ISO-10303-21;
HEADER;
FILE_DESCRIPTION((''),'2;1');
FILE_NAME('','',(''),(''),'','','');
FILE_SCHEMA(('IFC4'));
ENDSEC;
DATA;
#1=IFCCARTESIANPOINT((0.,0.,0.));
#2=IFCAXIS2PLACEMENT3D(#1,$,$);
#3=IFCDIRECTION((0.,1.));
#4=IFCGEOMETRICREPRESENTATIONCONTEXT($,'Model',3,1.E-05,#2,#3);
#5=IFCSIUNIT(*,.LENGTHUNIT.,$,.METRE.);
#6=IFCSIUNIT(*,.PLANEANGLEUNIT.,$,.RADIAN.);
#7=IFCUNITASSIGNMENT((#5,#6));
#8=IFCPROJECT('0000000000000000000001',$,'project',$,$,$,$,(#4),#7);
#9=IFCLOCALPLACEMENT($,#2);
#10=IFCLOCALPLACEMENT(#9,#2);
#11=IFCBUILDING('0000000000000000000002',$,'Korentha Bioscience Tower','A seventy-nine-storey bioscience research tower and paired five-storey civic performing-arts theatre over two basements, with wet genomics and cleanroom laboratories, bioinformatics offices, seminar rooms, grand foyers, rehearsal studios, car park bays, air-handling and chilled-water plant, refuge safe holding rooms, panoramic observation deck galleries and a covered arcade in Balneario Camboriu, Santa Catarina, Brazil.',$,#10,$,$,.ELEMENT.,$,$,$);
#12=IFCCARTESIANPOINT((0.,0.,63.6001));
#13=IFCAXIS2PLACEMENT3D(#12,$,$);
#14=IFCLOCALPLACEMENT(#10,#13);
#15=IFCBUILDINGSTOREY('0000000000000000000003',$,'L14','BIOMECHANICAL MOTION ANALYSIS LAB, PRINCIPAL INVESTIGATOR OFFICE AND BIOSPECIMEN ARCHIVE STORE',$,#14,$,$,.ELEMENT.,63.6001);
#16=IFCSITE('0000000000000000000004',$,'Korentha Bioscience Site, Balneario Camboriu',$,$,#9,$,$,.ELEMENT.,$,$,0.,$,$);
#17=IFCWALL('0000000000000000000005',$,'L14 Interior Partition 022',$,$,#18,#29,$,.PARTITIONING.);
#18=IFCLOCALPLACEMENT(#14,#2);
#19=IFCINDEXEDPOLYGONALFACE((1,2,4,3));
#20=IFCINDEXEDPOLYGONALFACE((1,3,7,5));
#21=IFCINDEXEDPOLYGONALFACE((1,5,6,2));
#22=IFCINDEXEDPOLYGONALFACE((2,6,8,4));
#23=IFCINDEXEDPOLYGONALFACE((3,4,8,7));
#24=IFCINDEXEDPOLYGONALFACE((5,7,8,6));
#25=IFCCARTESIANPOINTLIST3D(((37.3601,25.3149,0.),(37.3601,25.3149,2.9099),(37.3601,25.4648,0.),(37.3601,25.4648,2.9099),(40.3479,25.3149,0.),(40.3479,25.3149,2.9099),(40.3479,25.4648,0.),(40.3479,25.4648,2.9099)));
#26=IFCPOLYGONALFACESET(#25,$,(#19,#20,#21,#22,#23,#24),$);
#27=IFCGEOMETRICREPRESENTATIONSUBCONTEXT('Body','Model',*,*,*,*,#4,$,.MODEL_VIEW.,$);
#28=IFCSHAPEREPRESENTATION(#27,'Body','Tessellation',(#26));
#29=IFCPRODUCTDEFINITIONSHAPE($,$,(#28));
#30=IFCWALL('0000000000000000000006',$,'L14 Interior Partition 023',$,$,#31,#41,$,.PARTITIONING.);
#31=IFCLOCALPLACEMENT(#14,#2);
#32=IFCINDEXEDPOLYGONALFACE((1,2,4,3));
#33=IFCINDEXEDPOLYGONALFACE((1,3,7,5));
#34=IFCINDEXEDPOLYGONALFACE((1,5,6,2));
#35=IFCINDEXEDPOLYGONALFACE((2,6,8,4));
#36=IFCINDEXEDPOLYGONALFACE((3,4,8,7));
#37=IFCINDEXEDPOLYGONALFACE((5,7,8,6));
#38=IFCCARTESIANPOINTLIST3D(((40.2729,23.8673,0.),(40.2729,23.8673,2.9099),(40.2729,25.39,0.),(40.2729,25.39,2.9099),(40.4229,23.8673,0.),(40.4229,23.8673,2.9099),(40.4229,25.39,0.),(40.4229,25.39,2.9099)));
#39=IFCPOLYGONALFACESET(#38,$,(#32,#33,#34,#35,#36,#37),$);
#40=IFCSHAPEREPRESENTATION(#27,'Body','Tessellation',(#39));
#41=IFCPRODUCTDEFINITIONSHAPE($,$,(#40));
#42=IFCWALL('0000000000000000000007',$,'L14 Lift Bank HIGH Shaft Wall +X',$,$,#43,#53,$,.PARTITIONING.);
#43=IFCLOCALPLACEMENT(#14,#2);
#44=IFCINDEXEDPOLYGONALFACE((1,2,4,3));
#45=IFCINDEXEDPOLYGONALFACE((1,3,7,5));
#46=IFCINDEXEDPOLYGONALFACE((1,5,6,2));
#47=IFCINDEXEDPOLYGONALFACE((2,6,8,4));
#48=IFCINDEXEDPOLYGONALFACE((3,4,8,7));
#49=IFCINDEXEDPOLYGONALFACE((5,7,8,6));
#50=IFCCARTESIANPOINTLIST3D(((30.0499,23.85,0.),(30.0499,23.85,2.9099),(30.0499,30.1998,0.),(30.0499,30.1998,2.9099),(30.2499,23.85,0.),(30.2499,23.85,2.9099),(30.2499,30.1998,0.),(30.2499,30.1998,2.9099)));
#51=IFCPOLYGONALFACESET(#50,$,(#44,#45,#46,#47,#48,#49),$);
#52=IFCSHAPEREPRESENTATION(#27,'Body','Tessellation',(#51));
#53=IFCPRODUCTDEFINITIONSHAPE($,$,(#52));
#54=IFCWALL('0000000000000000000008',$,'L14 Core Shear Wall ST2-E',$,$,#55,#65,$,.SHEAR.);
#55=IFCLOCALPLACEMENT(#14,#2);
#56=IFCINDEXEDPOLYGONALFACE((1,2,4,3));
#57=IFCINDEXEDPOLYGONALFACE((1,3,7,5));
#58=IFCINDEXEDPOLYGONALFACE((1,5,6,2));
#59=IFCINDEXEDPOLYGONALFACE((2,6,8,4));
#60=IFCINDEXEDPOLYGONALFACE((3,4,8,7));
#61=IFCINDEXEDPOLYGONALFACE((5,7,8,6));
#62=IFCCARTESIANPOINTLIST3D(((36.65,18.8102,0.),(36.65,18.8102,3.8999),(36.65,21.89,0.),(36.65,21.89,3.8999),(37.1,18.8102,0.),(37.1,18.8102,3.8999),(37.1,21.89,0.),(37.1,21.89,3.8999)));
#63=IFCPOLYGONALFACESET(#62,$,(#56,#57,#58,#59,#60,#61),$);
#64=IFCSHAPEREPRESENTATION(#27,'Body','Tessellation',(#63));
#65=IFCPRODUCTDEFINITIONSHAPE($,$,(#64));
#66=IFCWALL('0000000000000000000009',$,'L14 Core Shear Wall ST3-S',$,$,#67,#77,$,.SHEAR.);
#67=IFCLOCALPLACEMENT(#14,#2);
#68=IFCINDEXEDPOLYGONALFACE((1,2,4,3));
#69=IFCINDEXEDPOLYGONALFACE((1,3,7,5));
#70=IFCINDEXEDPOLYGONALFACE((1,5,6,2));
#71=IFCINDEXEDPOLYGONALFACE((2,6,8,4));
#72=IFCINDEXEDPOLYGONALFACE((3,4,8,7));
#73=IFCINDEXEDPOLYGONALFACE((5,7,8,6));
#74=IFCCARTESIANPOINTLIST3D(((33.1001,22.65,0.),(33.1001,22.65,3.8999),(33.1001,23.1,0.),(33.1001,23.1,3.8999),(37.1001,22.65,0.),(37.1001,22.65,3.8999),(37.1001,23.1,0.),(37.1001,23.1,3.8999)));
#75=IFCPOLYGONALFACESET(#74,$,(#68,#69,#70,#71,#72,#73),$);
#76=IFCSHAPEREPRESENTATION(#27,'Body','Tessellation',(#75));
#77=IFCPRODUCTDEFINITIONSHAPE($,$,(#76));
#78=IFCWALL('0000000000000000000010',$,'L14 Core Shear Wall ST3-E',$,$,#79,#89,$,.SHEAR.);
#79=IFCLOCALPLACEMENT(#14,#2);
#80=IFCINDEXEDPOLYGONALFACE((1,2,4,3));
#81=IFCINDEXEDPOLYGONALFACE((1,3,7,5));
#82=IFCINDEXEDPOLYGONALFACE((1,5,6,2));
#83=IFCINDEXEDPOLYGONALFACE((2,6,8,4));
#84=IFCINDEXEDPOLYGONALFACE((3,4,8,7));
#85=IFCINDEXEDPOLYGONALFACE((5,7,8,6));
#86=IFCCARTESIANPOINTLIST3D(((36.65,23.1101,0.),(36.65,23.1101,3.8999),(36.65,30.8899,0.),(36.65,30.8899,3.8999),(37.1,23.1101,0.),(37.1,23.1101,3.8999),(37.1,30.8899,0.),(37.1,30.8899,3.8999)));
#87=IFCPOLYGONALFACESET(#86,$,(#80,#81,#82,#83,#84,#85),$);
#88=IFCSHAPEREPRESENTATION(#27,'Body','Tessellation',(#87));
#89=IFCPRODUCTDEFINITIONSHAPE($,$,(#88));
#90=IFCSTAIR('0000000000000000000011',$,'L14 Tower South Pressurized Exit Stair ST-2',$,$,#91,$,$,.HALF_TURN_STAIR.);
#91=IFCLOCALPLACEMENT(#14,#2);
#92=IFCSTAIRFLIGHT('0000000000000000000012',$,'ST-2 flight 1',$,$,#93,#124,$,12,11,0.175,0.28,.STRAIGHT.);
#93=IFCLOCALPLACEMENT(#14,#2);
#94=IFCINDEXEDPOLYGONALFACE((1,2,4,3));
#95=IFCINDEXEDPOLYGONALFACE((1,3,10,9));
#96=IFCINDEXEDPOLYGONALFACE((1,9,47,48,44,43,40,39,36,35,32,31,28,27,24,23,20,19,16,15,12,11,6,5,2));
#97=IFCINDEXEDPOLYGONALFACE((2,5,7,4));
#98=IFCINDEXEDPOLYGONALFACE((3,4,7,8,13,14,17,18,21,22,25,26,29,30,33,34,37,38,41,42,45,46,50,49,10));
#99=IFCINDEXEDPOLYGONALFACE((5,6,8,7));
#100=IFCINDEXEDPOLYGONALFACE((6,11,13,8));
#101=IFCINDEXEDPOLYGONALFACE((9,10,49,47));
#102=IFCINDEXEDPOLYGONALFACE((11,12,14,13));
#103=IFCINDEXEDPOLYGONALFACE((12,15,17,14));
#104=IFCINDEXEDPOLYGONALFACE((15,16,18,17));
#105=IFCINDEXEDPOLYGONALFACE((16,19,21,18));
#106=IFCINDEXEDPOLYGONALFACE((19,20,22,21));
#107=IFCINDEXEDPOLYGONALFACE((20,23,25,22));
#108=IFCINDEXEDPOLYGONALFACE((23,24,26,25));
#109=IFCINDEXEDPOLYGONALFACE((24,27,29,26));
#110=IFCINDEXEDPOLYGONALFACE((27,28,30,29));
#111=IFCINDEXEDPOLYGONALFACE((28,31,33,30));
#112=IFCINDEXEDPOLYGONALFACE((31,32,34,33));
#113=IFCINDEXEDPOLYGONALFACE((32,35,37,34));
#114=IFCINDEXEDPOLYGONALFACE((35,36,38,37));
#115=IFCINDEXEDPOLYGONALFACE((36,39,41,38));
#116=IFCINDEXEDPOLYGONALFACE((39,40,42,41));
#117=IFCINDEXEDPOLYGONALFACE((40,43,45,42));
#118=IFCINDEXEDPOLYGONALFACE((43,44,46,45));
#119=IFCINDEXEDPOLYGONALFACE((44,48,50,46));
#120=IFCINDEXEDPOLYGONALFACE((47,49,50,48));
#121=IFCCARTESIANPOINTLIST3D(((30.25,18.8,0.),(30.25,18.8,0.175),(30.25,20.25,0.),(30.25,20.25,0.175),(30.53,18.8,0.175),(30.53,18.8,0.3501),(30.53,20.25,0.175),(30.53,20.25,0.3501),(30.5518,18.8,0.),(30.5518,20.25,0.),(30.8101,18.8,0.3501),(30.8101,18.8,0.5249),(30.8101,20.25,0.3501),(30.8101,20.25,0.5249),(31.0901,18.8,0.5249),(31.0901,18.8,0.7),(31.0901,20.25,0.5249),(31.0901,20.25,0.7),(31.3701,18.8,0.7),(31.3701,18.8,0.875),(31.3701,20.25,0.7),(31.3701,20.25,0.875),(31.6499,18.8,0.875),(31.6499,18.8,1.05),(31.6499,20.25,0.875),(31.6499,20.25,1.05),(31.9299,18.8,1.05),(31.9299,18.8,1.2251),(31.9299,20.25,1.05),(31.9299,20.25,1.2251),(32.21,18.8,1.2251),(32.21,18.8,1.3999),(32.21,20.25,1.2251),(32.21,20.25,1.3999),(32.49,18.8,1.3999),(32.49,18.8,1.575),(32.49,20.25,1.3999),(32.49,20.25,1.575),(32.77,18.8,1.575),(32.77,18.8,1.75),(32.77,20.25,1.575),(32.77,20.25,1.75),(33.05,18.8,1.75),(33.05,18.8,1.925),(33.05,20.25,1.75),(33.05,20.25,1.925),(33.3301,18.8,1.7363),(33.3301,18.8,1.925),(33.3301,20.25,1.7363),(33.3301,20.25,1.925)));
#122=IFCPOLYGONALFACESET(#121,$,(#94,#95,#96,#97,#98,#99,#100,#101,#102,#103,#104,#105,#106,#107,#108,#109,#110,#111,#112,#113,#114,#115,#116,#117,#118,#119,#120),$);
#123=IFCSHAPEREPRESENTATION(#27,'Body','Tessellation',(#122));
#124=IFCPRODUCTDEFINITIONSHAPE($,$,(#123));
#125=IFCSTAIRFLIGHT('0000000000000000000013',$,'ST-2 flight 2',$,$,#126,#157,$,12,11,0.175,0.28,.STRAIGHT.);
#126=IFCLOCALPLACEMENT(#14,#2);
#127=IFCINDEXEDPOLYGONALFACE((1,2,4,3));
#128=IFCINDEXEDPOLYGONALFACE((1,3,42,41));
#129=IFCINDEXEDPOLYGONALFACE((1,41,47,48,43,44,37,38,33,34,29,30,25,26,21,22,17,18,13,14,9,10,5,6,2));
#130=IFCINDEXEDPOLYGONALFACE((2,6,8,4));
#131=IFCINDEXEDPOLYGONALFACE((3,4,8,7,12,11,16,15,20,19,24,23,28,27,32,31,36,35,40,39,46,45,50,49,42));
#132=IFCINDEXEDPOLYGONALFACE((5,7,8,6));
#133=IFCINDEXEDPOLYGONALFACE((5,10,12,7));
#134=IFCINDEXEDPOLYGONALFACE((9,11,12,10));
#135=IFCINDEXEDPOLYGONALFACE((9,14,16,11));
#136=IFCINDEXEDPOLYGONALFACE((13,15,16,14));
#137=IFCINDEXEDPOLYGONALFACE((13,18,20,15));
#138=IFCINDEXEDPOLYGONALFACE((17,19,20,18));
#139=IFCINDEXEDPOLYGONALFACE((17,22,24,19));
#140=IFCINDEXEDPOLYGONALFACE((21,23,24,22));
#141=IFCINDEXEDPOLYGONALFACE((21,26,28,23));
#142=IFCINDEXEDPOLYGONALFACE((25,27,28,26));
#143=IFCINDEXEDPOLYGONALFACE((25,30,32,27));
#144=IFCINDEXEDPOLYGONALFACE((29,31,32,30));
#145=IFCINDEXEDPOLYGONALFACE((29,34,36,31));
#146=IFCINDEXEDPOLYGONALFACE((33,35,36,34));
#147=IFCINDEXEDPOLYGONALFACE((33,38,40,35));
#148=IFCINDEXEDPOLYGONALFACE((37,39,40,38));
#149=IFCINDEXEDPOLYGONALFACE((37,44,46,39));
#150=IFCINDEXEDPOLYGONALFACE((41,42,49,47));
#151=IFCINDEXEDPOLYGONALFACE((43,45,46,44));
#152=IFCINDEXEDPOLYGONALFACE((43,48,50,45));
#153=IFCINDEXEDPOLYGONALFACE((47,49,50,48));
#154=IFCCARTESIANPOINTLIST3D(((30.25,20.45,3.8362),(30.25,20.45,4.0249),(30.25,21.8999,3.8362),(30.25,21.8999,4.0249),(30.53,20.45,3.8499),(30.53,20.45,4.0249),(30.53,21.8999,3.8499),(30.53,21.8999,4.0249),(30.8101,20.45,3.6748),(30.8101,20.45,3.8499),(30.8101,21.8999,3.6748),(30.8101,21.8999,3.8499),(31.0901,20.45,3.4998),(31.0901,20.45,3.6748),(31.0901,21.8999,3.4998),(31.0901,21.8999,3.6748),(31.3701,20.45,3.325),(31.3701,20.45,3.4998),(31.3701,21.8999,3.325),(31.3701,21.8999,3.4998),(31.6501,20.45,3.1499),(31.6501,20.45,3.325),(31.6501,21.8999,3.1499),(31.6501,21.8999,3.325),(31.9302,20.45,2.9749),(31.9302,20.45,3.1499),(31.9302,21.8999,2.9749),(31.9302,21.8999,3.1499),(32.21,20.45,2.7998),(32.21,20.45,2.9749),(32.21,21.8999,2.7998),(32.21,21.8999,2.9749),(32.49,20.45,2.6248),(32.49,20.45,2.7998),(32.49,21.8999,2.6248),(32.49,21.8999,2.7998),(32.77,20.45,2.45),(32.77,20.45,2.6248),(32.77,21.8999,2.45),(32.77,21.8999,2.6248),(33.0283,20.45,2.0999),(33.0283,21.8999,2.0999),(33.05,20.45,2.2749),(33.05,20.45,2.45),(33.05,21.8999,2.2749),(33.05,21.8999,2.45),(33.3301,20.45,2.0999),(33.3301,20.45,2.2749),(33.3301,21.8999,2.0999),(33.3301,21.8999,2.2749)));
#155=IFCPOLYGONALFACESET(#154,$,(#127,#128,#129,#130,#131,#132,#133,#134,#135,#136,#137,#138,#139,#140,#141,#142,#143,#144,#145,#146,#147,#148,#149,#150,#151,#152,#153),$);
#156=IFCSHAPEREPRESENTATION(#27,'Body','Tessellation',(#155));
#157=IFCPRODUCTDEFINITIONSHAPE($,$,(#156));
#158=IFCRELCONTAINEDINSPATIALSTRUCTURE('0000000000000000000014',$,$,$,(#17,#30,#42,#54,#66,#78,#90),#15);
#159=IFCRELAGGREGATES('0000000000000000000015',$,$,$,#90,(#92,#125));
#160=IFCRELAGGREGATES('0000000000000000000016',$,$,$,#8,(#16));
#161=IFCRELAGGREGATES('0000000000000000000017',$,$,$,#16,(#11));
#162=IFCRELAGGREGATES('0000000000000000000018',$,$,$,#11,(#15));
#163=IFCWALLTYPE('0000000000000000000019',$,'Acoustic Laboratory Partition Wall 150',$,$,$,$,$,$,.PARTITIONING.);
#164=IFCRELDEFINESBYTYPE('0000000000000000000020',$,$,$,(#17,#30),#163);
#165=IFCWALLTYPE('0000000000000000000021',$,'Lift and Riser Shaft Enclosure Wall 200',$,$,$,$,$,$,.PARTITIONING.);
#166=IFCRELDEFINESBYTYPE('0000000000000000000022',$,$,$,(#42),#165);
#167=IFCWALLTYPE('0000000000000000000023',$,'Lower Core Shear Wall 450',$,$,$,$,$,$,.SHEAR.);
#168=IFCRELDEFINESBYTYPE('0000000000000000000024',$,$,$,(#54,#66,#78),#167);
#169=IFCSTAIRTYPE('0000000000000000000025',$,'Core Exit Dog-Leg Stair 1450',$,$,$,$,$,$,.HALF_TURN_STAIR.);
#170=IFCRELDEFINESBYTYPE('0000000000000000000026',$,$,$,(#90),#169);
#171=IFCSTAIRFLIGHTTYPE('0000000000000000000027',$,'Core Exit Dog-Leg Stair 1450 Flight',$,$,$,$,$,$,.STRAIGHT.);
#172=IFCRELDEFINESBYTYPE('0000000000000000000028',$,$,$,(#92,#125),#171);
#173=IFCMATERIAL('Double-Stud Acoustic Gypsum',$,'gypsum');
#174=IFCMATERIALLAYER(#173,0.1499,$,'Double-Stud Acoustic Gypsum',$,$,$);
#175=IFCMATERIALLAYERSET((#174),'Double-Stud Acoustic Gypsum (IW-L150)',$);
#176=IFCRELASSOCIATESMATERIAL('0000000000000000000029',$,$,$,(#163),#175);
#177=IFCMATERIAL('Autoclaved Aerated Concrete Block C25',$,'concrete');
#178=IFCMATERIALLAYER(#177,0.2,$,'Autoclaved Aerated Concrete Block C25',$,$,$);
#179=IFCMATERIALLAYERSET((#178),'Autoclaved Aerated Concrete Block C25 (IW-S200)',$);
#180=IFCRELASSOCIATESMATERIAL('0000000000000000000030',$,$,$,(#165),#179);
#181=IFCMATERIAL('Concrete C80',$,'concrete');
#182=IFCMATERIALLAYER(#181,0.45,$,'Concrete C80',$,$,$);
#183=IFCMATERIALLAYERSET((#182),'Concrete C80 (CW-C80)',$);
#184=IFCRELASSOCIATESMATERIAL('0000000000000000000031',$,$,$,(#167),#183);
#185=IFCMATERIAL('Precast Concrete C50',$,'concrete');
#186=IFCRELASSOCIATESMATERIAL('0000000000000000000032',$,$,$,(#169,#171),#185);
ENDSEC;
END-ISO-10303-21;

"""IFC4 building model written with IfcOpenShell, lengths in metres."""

from ifc_helpers import new_model, si_unit, direction, frame, frame_2d, origin, place, context, subcontext, project, spatial, polyline, rectangle, outline, extrude, material, layer, layer_set, type_object, element, aggregate, save


model = new_model("IFC4")

# Units and contexts
model_context = context("Model", 3, precision=1e-05, world=origin(), true_north=direction((0.0, 1.0)))
body_context = subcontext(model_context, "Body", "Model", "MODEL_VIEW")
ifc_project = project(units=[si_unit("LENGTHUNIT", "METRE"), si_unit("PLANEANGLEUNIT", "RADIAN")], contexts=[model_context])

# Site, building, storey
site_placement = place(None, origin())
site = spatial("IfcSite", under=ifc_project, at=site_placement, Name="Korentha Bioscience Site, Balneario Camboriu", CompositionType="ELEMENT", RefElevation=0.0)
building_placement = place(site_placement, origin())
building = spatial("IfcBuilding", under=site, at=building_placement, Name="Korentha Bioscience Tower", Description="A seventy-nine-storey bioscience research tower and paired five-storey civic performing-arts theatre over two basements, with wet genomics and cleanroom laboratories, bioinformatics offices, seminar rooms, grand foyers, rehearsal studios, car park bays, air-handling and chilled-water plant, refuge safe holding rooms, panoramic observation deck galleries and a covered arcade in Balneario Camboriu, Santa Catarina, Brazil.", CompositionType="ELEMENT")
storey_placement = place(building_placement, frame((0.0, 0.0, 63.6001)))
storey = spatial("IfcBuildingStorey", under=building, at=storey_placement, Name="L14", Description="BIOMECHANICAL MOTION ANALYSIS LAB, PRINCIPAL INVESTIGATOR OFFICE AND BIOSPECIMEN ARCHIVE STORE", CompositionType="ELEMENT", Elevation=63.6001)

# Shared definitions
ifc_material_1 = material(Name="Double-Stud Acoustic Gypsum", Category="gypsum")
ifc_layer_1 = layer(ifc_material_1, 0.1499, Name="Double-Stud Acoustic Gypsum")
ifc_layer_set_1 = layer_set([ifc_layer_1], Name="Double-Stud Acoustic Gypsum (IW-L150)")
wall_type_1 = type_object("IfcWallType", Name="Acoustic Laboratory Partition Wall 150", PredefinedType="PARTITIONING", material=ifc_layer_set_1)

# Walls
wall_1_placement = place(storey_placement, frame((37.3601, 25.3899, 0.0), z_axis=(0.0, 0.0, 1.0), x_axis=(1.0, 0.0, 0.0)))
element("IfcWall", 1, at=wall_1_placement, inside=storey, type_object=wall_type_1, Name="L14 Interior Partition 022", PredefinedType="PARTITIONING", context=body_context, shape_type="SweptSolid", body=[
    extrude(rectangle(XDim=2.9878, YDim=0.1499, at=frame_2d((1.4939, 0.0))), origin(), (0.0, 0.0, 1.0), 2.9099),
])
wall_2_placement = place(storey_placement, frame((40.3479, 25.3899, 0.0), z_axis=(0.0, 0.0, 1.0), x_axis=(0.0, -1.0, 0.0)))
element("IfcWall", 2, at=wall_2_placement, inside=storey, type_object=wall_type_1, Name="L14 Interior Partition 023", PredefinedType="PARTITIONING", context=body_context, shape_type="SweptSolid", body=[
    extrude(rectangle(XDim=1.5227, YDim=0.1499, at=frame_2d((0.7612, 0.0))), origin(), (0.0, 0.0, 1.0), 2.9099),
])
ifc_material_2 = material(Name="Autoclaved Aerated Concrete Block C25", Category="concrete")
ifc_layer_2 = layer(ifc_material_2, 0.2, Name="Autoclaved Aerated Concrete Block C25")
ifc_layer_set_2 = layer_set([ifc_layer_2], Name="Autoclaved Aerated Concrete Block C25 (IW-S200)")
wall_type_2 = type_object("IfcWallType", Name="Lift and Riser Shaft Enclosure Wall 200", PredefinedType="PARTITIONING", material=ifc_layer_set_2)
wall_3_placement = place(storey_placement, frame((30.1499, 23.8501, 0.0), z_axis=(0.0, 0.0, 1.0), x_axis=(0.0, 1.0, 0.0)))
element("IfcWall", 3, at=wall_3_placement, inside=storey, type_object=wall_type_2, Name="L14 Lift Bank HIGH Shaft Wall +X", PredefinedType="PARTITIONING", context=body_context, shape_type="SweptSolid", body=[
    extrude(rectangle(XDim=6.3499, YDim=0.2, at=frame_2d((3.1748, 0.0))), origin(), (0.0, 0.0, 1.0), 2.9099),
])
ifc_material_3 = material(Name="Concrete C80", Category="concrete")
ifc_layer_3 = layer(ifc_material_3, 0.45, Name="Concrete C80")
ifc_layer_set_3 = layer_set([ifc_layer_3], Name="Concrete C80 (CW-C80)")
wall_type_3 = type_object("IfcWallType", Name="Lower Core Shear Wall 450", PredefinedType="SHEAR", material=ifc_layer_set_3)
wall_4_placement = place(storey_placement, frame((36.875, 18.8101, 0.0), z_axis=(0.0, 0.0, 1.0), x_axis=(0.0, 1.0, 0.0)))
element("IfcWall", 4, at=wall_4_placement, inside=storey, type_object=wall_type_3, Name="L14 Core Shear Wall ST2-E", PredefinedType="SHEAR", context=body_context, shape_type="SweptSolid", body=[
    extrude(rectangle(XDim=3.0798, YDim=0.45, at=frame_2d((1.54, 0.0))), origin(), (0.0, 0.0, 1.0), 3.8999),
])
wall_5_placement = place(storey_placement, frame((33.1001, 22.875, 0.0), z_axis=(0.0, 0.0, 1.0), x_axis=(1.0, 0.0, 0.0)))
element("IfcWall", 5, at=wall_5_placement, inside=storey, type_object=wall_type_3, Name="L14 Core Shear Wall ST3-S", PredefinedType="SHEAR", context=body_context, shape_type="SweptSolid", body=[
    extrude(rectangle(XDim=4.0, YDim=0.45, at=frame_2d((2.0, 0.0))), origin(), (0.0, 0.0, 1.0), 3.8999),
])
wall_6_placement = place(storey_placement, frame((36.875, 23.1101, 0.0), z_axis=(0.0, 0.0, 1.0), x_axis=(0.0, 1.0, 0.0)))
element("IfcWall", 6, at=wall_6_placement, inside=storey, type_object=wall_type_3, Name="L14 Core Shear Wall ST3-E", PredefinedType="SHEAR", context=body_context, shape_type="SweptSolid", body=[
    extrude(rectangle(XDim=7.7798, YDim=0.45, at=frame_2d((3.8899, 0.0))), origin(), (0.0, 0.0, 1.0), 3.8999),
])

# Stair, stair flights
ifc_material_4 = material(Name="Precast Concrete C50", Category="concrete")
stair_type = type_object("IfcStairType", Name="Core Exit Dog-Leg Stair 1450", PredefinedType="HALF_TURN_STAIR", material=ifc_material_4)
stair_1_placement = place(storey_placement, origin())
stair_1 = element("IfcStair", 7, at=stair_1_placement, inside=storey, type_object=stair_type, Name="L14 Tower South Pressurized Exit Stair ST-2", PredefinedType="HALF_TURN_STAIR")
stair_flight_type = type_object("IfcStairFlightType", Name="Core Exit Dog-Leg Stair 1450 Flight", PredefinedType="STRAIGHT", material=ifc_material_4)
stair_flight_1_placement = place(storey_placement, frame((30.25, 19.5249, 0.0), z_axis=(0.0, 0.0, 1.0), x_axis=(1.0, 0.0, 0.0)))
stair_flight_1 = element("IfcStairFlight", 8, at=stair_flight_1_placement, type_object=stair_flight_type, Name="ST-2 flight 1", NumberOfRisers=12, NumberOfTreads=11, PredefinedType="STRAIGHT", RiserHeight=0.175, TreadLength=0.28, context=body_context, shape_type="SweptSolid", body=[
    extrude(outline(polyline([(0.0, 0.0), (0.0, 0.175), (0.28, 0.175), (0.28, 0.3501), (0.5601, 0.3501), (0.5601, 0.5249), (0.8401, 0.5249), (0.8401, 0.7), (1.1201, 0.7), (1.1201, 0.875), (1.3999, 0.875), (1.3999, 1.05), (1.6799, 1.05), (1.6799, 1.2251), (1.96, 1.2251), (1.96, 1.3999), (2.24, 1.3999), (2.24, 1.575), (2.52, 1.575), (2.52, 1.75), (2.8, 1.75), (2.8, 1.925), (3.0801, 1.925), (3.0801, 2.1001), (3.0801, 1.7363), (0.3018, 0.0), (0.0, 0.0)])), frame((0.0, 0.7251, 0.0), z_axis=(0.0, -1.0, 0.0), x_axis=(1.0, 0.0, 0.0)), (0.0, 0.0, 1.0), 1.45),
])
stair_flight_2_placement = place(storey_placement, frame((33.3301, 21.175, 2.0999), z_axis=(0.0, 0.0, 1.0), x_axis=(-1.0, 0.0, 0.0)))
stair_flight_2 = element("IfcStairFlight", 9, at=stair_flight_2_placement, type_object=stair_flight_type, Name="ST-2 flight 2", NumberOfRisers=12, NumberOfTreads=11, PredefinedType="STRAIGHT", RiserHeight=0.175, TreadLength=0.28, context=body_context, shape_type="SweptSolid", body=[
    extrude(outline(polyline([(0.0, 0.0), (0.0, 0.175), (0.28, 0.175), (0.28, 0.3501), (0.5601, 0.3501), (0.5601, 0.5249), (0.8401, 0.5249), (0.8401, 0.7), (1.1201, 0.7), (1.1201, 0.875), (1.3999, 0.875), (1.3999, 1.05), (1.6799, 1.05), (1.6799, 1.2251), (1.96, 1.2251), (1.96, 1.3999), (2.24, 1.3999), (2.24, 1.575), (2.52, 1.575), (2.52, 1.75), (2.8, 1.75), (2.8, 1.925), (3.0801, 1.925), (3.0801, 2.1001), (3.0801, 1.7363), (0.3018, 0.0), (0.0, 0.0)])), frame((0.0, 0.7251, 0.0), z_axis=(0.0, -1.0, 0.0), x_axis=(1.0, 0.0, 0.0)), (0.0, 0.0, 1.0), 1.45),
])
aggregate(stair_1, [stair_flight_1, stair_flight_2])

save(model, "model.ifc")
